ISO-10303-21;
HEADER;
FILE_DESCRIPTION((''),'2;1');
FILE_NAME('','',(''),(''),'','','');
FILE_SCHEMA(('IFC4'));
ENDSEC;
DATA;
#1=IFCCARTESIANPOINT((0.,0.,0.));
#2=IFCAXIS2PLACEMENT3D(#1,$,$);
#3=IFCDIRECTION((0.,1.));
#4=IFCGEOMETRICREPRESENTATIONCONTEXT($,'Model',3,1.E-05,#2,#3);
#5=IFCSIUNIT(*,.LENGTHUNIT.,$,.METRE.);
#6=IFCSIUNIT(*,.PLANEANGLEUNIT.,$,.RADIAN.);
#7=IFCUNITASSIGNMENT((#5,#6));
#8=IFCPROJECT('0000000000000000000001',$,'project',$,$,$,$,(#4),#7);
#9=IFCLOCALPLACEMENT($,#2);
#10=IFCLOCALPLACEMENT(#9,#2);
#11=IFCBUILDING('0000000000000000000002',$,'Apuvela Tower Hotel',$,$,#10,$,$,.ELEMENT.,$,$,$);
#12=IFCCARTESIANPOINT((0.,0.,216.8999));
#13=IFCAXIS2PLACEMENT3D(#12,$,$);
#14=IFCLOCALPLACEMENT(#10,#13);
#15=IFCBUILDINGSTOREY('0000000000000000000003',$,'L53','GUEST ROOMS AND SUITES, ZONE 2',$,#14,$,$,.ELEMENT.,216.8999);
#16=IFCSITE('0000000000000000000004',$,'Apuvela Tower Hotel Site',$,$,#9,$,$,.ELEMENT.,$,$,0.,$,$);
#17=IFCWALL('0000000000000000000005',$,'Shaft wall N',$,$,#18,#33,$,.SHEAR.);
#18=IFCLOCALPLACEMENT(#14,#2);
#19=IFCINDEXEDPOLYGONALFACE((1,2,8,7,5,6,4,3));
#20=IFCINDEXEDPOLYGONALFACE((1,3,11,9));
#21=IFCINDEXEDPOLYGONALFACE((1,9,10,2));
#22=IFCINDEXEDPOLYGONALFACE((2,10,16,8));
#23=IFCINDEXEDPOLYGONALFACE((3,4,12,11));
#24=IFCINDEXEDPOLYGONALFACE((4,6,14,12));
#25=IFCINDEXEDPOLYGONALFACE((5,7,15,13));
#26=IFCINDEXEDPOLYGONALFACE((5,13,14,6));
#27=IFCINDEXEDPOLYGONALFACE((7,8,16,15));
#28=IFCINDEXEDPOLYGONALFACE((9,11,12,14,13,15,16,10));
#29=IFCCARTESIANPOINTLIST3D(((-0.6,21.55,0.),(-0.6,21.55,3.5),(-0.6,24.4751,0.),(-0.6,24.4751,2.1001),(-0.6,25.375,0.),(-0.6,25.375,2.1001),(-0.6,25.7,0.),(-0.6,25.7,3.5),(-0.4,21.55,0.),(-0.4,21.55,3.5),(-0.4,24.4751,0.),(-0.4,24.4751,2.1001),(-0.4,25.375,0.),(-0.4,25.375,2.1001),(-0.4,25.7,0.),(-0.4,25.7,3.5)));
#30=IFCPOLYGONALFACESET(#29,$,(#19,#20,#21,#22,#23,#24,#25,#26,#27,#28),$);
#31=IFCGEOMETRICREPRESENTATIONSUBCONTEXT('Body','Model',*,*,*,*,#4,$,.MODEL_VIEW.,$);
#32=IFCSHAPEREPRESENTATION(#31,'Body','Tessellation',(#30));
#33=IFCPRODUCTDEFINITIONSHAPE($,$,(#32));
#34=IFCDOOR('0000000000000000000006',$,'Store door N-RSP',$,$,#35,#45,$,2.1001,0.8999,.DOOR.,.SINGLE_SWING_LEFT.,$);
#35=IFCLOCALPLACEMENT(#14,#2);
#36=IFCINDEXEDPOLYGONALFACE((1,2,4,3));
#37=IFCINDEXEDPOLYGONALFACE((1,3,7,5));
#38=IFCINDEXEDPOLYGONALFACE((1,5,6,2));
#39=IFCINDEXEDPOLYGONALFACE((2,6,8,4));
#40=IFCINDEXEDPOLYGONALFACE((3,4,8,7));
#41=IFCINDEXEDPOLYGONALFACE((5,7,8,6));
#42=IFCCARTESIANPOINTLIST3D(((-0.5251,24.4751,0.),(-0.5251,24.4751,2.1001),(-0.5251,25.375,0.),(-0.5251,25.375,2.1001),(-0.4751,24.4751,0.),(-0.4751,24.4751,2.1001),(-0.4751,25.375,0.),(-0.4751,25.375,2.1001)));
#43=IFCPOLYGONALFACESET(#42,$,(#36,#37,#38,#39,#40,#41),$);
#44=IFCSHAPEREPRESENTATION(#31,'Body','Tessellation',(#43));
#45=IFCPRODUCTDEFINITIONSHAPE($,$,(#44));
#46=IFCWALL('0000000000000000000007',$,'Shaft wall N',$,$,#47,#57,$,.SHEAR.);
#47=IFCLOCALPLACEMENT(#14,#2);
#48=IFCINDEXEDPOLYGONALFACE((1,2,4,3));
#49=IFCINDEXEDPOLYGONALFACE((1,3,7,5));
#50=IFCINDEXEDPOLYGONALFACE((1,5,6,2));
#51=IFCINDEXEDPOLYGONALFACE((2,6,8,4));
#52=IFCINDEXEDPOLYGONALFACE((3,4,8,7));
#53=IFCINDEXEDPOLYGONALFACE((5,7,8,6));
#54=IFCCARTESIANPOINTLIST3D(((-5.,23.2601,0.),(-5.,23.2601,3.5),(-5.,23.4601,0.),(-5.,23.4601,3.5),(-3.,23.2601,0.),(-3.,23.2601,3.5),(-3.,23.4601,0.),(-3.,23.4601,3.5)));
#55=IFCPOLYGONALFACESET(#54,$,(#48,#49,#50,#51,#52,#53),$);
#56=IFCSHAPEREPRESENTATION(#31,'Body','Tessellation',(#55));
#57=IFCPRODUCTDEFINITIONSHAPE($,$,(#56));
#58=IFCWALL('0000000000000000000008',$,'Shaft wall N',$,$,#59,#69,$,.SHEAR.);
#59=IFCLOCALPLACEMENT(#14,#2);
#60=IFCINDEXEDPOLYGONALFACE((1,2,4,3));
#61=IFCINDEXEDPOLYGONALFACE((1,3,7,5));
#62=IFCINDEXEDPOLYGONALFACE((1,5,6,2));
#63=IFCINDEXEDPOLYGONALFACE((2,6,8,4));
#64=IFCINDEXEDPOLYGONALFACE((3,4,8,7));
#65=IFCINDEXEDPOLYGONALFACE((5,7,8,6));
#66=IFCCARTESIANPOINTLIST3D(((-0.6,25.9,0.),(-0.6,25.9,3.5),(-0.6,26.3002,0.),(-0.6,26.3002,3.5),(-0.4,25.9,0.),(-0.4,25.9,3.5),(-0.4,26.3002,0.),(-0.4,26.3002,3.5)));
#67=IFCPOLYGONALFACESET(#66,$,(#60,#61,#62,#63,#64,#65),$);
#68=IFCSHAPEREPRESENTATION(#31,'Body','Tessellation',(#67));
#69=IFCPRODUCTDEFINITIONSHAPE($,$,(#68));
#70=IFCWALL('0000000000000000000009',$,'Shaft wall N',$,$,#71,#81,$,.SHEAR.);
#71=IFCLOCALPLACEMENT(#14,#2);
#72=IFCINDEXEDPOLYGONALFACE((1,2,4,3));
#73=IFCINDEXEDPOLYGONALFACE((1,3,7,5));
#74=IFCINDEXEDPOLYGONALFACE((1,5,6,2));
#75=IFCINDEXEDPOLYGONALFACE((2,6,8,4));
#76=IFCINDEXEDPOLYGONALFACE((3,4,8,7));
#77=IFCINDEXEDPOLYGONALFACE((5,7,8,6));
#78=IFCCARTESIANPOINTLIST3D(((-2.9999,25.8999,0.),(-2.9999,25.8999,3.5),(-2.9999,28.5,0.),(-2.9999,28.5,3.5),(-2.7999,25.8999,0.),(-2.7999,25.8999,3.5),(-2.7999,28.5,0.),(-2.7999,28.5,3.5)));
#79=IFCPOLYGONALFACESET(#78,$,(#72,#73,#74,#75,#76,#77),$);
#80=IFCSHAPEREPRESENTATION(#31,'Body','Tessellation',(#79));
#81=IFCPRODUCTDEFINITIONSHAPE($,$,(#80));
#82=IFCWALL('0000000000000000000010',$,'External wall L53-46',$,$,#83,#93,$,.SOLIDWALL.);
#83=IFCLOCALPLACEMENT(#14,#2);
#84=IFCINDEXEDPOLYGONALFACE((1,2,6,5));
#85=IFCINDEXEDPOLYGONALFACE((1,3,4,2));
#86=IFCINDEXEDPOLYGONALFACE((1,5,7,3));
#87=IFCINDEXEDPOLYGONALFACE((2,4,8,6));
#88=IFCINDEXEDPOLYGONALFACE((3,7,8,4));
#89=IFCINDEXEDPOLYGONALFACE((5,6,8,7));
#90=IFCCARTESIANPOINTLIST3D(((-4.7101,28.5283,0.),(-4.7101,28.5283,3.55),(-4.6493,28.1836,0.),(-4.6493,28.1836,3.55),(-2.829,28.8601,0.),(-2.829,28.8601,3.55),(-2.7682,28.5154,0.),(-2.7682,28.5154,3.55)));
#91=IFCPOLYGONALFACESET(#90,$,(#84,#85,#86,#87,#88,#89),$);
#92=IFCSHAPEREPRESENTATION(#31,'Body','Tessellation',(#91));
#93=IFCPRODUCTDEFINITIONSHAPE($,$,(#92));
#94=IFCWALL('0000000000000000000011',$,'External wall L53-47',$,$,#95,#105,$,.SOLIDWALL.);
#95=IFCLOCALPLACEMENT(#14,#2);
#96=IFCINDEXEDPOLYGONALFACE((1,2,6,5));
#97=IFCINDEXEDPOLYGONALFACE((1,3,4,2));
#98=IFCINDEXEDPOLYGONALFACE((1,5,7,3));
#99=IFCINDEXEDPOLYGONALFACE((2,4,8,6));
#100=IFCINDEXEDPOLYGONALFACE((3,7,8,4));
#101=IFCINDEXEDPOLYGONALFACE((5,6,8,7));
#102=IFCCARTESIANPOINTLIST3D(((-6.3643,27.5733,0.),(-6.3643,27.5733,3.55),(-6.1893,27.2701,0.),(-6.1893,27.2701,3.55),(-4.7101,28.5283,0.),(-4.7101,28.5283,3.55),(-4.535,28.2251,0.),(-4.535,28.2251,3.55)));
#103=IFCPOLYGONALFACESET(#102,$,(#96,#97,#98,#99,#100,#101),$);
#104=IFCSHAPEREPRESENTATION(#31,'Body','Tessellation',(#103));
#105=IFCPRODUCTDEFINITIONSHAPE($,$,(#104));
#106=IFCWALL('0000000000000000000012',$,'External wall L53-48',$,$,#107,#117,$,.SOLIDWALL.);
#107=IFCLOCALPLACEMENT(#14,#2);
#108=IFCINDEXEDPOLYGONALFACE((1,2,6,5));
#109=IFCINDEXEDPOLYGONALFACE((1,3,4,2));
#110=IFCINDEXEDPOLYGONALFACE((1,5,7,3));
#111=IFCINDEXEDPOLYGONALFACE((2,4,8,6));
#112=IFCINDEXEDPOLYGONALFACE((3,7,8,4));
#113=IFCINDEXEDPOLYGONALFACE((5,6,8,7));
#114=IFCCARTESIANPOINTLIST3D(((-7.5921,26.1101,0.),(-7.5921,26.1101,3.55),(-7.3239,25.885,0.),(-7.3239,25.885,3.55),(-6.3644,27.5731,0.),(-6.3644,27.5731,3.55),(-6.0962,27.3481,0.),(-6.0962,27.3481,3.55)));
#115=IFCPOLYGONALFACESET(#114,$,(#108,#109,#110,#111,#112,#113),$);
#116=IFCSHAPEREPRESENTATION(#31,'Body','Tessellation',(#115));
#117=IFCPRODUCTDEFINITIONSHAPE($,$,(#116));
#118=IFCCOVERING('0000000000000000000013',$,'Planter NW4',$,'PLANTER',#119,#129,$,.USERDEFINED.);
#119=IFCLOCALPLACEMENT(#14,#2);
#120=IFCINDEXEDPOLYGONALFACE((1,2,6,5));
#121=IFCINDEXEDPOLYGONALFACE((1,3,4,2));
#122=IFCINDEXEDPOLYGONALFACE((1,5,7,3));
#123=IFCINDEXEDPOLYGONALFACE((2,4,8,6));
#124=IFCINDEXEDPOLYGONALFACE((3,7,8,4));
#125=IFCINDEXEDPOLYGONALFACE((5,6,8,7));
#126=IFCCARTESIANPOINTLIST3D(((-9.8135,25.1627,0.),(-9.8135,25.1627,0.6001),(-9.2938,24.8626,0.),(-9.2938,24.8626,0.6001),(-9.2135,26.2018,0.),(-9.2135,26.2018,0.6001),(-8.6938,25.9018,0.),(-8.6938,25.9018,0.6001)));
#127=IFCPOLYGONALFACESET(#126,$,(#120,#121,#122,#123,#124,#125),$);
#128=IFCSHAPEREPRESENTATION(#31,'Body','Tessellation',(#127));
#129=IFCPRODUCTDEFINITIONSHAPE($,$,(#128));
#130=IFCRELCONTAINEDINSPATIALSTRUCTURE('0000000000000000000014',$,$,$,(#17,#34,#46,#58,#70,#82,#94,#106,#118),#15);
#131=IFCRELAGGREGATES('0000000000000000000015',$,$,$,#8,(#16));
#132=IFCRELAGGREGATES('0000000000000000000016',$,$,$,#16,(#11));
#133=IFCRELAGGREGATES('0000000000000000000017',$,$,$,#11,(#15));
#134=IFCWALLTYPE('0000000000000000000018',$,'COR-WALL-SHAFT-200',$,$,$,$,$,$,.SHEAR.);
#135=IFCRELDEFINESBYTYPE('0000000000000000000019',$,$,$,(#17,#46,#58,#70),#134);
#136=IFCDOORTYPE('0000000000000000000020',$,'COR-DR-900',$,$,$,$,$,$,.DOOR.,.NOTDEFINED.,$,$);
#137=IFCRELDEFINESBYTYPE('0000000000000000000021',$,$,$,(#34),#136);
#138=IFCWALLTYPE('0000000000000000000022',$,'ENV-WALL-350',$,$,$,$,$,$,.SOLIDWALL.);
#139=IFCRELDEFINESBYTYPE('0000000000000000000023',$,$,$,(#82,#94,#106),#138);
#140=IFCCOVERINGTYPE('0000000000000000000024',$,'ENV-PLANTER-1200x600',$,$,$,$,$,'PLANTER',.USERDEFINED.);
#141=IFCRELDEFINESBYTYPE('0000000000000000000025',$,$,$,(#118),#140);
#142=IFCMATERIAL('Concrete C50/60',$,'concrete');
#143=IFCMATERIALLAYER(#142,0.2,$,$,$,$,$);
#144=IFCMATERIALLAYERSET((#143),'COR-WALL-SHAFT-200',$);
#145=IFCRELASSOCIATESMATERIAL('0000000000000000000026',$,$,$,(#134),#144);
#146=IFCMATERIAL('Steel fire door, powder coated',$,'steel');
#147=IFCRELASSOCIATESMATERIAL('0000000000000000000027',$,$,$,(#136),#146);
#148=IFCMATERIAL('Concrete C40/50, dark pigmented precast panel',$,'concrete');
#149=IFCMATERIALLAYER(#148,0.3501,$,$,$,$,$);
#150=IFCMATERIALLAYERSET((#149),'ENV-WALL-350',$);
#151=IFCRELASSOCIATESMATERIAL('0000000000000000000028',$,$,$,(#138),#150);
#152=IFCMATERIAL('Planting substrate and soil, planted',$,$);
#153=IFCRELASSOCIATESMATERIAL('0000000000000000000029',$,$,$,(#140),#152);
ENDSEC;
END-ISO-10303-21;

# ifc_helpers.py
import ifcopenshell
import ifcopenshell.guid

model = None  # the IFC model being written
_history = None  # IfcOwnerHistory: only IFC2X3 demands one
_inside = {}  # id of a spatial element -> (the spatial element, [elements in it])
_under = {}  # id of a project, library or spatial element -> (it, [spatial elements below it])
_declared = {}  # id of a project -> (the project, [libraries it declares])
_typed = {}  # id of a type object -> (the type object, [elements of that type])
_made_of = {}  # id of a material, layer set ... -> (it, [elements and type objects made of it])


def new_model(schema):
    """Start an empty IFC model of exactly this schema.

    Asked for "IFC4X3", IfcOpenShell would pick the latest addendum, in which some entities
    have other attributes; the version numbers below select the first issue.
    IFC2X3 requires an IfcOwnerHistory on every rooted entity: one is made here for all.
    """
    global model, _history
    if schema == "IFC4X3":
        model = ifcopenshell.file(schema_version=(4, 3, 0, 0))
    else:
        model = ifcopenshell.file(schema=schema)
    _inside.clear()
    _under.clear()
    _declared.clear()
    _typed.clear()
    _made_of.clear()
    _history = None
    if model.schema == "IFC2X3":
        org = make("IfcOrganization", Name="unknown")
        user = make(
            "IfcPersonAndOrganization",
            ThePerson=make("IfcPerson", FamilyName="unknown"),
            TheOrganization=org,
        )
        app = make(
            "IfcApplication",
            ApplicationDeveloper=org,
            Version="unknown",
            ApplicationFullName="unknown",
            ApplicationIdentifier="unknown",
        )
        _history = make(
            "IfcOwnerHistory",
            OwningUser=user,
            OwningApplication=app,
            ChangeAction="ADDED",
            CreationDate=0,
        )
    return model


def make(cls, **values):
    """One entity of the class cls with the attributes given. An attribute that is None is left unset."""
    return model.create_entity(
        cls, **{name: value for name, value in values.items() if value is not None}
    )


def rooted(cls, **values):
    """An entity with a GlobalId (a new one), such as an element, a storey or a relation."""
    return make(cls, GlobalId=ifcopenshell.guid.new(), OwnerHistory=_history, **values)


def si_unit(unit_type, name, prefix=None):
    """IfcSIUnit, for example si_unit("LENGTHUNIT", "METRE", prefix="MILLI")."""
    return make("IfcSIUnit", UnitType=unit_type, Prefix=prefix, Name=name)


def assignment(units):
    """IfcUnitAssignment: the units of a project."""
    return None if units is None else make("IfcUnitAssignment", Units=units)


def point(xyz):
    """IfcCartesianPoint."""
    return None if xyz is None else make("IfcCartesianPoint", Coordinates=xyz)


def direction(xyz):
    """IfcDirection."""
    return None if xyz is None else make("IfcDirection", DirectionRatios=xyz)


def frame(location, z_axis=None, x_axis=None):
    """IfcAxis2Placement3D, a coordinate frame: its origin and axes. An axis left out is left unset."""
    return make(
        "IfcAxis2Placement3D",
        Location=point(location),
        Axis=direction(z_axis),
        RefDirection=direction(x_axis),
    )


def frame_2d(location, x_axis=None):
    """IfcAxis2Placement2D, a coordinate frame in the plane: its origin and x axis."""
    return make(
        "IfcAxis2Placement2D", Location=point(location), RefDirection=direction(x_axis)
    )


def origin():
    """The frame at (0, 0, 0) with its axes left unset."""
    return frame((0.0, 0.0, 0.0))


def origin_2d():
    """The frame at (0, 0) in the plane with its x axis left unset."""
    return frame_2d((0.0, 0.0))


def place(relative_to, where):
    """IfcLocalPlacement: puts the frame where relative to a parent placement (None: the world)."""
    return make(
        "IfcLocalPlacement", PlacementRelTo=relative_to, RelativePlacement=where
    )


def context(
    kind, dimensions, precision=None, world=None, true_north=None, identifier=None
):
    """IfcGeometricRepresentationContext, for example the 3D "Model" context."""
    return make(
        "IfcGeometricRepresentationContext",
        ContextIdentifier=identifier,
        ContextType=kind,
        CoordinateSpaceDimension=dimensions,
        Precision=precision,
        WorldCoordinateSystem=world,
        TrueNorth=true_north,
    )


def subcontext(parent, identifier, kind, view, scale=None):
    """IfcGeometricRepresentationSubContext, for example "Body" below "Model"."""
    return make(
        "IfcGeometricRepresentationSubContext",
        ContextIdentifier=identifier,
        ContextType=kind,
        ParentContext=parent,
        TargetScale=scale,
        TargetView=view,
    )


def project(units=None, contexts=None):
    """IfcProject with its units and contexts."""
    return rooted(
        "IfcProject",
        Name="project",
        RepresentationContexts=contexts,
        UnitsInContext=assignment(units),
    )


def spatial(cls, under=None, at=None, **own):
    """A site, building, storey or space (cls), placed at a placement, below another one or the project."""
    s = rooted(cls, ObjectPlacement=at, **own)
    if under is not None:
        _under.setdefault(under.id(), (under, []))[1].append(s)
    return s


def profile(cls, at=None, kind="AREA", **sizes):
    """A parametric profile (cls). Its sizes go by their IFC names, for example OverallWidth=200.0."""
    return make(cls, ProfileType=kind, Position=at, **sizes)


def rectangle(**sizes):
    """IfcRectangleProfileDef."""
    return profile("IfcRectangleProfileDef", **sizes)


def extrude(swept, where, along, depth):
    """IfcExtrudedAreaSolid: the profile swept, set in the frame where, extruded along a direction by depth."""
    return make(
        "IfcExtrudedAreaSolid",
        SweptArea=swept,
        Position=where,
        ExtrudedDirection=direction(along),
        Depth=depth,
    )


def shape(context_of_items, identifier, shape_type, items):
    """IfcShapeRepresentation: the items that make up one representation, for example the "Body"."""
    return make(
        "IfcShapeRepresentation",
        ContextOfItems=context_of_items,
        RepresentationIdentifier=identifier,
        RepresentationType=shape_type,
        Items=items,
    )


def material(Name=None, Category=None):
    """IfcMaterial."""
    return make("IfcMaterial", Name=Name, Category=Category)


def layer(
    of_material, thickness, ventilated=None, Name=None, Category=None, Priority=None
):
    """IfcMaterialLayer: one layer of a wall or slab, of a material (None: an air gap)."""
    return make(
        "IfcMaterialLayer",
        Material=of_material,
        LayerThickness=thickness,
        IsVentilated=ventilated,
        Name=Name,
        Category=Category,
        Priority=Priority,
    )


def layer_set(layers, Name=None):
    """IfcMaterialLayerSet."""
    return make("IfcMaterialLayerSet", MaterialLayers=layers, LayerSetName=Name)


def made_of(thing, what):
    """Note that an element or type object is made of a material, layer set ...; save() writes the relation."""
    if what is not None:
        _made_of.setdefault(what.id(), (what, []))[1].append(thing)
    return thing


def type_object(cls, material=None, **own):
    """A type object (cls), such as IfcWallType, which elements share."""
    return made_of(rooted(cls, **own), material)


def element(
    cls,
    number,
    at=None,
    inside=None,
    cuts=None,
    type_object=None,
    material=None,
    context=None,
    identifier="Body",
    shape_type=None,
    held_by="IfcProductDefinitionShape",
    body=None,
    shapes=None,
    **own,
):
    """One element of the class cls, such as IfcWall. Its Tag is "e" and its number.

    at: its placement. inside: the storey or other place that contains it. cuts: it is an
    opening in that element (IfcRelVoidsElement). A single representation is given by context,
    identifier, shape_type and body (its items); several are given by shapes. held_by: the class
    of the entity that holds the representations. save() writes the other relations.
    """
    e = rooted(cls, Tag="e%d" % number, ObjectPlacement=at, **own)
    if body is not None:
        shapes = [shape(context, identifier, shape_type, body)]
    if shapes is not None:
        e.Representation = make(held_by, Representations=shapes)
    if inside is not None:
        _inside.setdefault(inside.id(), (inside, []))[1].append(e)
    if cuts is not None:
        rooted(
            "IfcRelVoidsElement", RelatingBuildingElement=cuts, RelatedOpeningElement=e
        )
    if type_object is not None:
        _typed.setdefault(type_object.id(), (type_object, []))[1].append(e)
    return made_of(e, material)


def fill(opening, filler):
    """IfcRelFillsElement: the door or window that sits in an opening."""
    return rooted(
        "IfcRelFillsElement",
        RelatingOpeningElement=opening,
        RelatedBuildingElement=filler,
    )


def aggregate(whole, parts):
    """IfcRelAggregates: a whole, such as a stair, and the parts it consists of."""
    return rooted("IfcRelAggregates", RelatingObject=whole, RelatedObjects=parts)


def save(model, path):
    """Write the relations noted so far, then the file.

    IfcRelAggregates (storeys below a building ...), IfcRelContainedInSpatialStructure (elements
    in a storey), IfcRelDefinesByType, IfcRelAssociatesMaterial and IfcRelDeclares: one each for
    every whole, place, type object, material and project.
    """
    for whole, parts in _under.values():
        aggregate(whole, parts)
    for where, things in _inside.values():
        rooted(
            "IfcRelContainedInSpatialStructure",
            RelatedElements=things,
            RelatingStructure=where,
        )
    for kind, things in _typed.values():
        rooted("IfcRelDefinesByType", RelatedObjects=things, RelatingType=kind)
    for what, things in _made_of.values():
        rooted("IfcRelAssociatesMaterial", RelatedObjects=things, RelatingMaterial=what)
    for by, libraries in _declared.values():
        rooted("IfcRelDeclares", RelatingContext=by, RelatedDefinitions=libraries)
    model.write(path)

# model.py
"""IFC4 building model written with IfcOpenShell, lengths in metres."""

from ifc_helpers import new_model, si_unit, direction, frame, frame_2d, origin, origin_2d, place, context, subcontext, project, spatial, rectangle, extrude, material, layer, layer_set, type_object, element, fill, save


model = new_model("IFC4")

# Units and contexts
model_context = context("Model", 3, precision=1e-05, world=origin(), true_north=direction((0.0, 1.0)))
body_context = subcontext(model_context, "Body", "Model", "MODEL_VIEW")
ifc_project = project(units=[si_unit("LENGTHUNIT", "METRE"), si_unit("PLANEANGLEUNIT", "RADIAN")], contexts=[model_context])

# Site, building, storey
site_placement = place(None, origin())
site = spatial("IfcSite", under=ifc_project, at=site_placement, Name="Apuvela Tower Hotel Site", CompositionType="ELEMENT", RefElevation=0.0)
building_placement = place(site_placement, origin())
building = spatial("IfcBuilding", under=site, at=building_placement, Name="Apuvela Tower Hotel", CompositionType="ELEMENT")
storey_placement = place(building_placement, frame((0.0, 0.0, 216.8999)))
storey = spatial("IfcBuildingStorey", under=building, at=storey_placement, Name="L53", Description="GUEST ROOMS AND SUITES, ZONE 2", CompositionType="ELEMENT", Elevation=216.8999)

# Shared definitions
ifc_material_1 = material(Name="Concrete C50/60", Category="concrete")
ifc_layer_1 = layer(ifc_material_1, 0.2)
ifc_layer_set_1 = layer_set([ifc_layer_1], Name="COR-WALL-SHAFT-200")
wall_type_1 = type_object("IfcWallType", Name="COR-WALL-SHAFT-200", PredefinedType="SHEAR", material=ifc_layer_set_1)

# Wall, opening, door
wall_1_placement = place(storey_placement, frame((-0.5, 21.55, 0.0), z_axis=(0.0, 0.0, 1.0), x_axis=(0.0, 1.0, 0.0)))
wall_1 = element("IfcWall", 1, at=wall_1_placement, inside=storey, type_object=wall_type_1, Name="Shaft wall N", PredefinedType="SHEAR", context=body_context, shape_type="SweptSolid", body=[
    extrude(rectangle(XDim=4.1499, YDim=0.2, at=frame_2d((2.075, 0.0))), origin(), (0.0, 0.0, 1.0), 3.5),
])
opening_1_placement = place(wall_1_placement, frame((2.925, 0.0, 0.0)))
opening_1 = element("IfcOpeningElement", 2, at=opening_1_placement, cuts=wall_1, PredefinedType="OPENING", context=body_context, shape_type="SweptSolid", body=[
    extrude(rectangle(XDim=0.8999, YDim=2.1001, at=frame_2d((0.45, 1.05))), frame((0.0, 0.1099, 0.0), z_axis=(0.0, -1.0, 0.0), x_axis=(1.0, 0.0, 0.0)), (0.0, 0.0, 1.0), 0.22),
])
ifc_material_2 = material(Name="Steel fire door, powder coated", Category="steel")
door_type_1 = type_object("IfcDoorType", Name="COR-DR-900", OperationType="NOTDEFINED", PredefinedType="DOOR", material=ifc_material_2)
door_1_placement = place(opening_1_placement, frame((0.8999, 0.0, 0.0), z_axis=(0.0, 0.0, 1.0), x_axis=(-1.0, 0.0, 0.0)))
door_1 = element("IfcDoor", 3, at=door_1_placement, inside=storey, type_object=door_type_1, Name="Store door N-RSP", OperationType="SINGLE_SWING_LEFT", OverallHeight=2.1001, OverallWidth=0.8999, PredefinedType="DOOR", context=body_context, shape_type="SweptSolid", body=[
    extrude(rectangle(XDim=0.8999, YDim=2.1001, at=frame_2d((0.45, 1.05))), frame((0.0, 0.0249, 0.0), z_axis=(0.0, -1.0, 0.0), x_axis=(1.0, 0.0, 0.0)), (0.0, 0.0, 1.0), 0.05),
])
fill(opening_1, door_1)

# Walls
wall_2_placement = place(storey_placement, frame((-3.0, 23.3601, 0.0), z_axis=(0.0, 0.0, 1.0), x_axis=(-1.0, 0.0, 0.0)))
element("IfcWall", 4, at=wall_2_placement, inside=storey, type_object=wall_type_1, Name="Shaft wall N", PredefinedType="SHEAR", context=body_context, shape_type="SweptSolid", body=[
    extrude(rectangle(XDim=2.0, YDim=0.2, at=frame_2d((1.0, 0.0))), origin(), (0.0, 0.0, 1.0), 3.5),
])
wall_3_placement = place(storey_placement, frame((-0.5, 25.8999, 0.0), z_axis=(0.0, 0.0, 1.0), x_axis=(0.0, 1.0, 0.0)))
element("IfcWall", 5, at=wall_3_placement, inside=storey, type_object=wall_type_1, Name="Shaft wall N", PredefinedType="SHEAR", context=body_context, shape_type="SweptSolid", body=[
    extrude(rectangle(XDim=0.4001, YDim=0.2, at=frame_2d((0.2002, 0.0))), origin(), (0.0, 0.0, 1.0), 3.5),
])
wall_4_placement = place(storey_placement, frame((-2.8999, 25.8999, 0.0), z_axis=(0.0, 0.0, 1.0), x_axis=(0.0, 1.0, 0.0)))
element("IfcWall", 6, at=wall_4_placement, inside=storey, type_object=wall_type_1, Name="Shaft wall N", PredefinedType="SHEAR", context=body_context, shape_type="SweptSolid", body=[
    extrude(rectangle(XDim=2.6001, YDim=0.2, at=frame_2d((1.3, 0.0))), origin(), (0.0, 0.0, 1.0), 3.5),
])

# Shared definitions
ifc_material_3 = material(Name="Concrete C40/50, dark pigmented precast panel", Category="concrete")
ifc_layer_2 = layer(ifc_material_3, 0.3501)
ifc_layer_set_2 = layer_set([ifc_layer_2], Name="ENV-WALL-350")
wall_type_2 = type_object("IfcWallType", Name="ENV-WALL-350", PredefinedType="SOLIDWALL", material=ifc_layer_set_2)

# Walls
for number, where, z_axis, x_axis, name in (
    (7, (-2.7986, 28.6877, 0.0), (0.0, 0.0, 1.0), (-0.984799, -0.173698, 0.0), "External wall L53-46"),
    (8, (-4.6226, 28.3767, 0.0), (0.0, 0.0, 1.0), (-0.866032, -0.499988, 0.0), "External wall L53-47"),
):
    element("IfcWall", number, at=place(storey_placement, frame(where, z_axis=z_axis, x_axis=x_axis)), inside=storey, type_object=wall_type_2, Name=name, PredefinedType="SOLIDWALL", context=body_context, shape_type="SweptSolid", body=[
        extrude(rectangle(XDim=1.9102, YDim=0.3501, at=frame_2d((0.9551, 0.0))), origin(), (0.0, 0.0, 1.0), 3.55),
    ])
wall_5_placement = place(storey_placement, frame((-6.2302, 27.4607, 0.0), z_axis=(0.0, 0.0, 1.0), x_axis=(-0.642808, -0.766027, 0.0)))
element("IfcWall", 9, at=wall_5_placement, inside=storey, type_object=wall_type_2, Name="External wall L53-48", PredefinedType="SOLIDWALL", context=body_context, shape_type="SweptSolid", body=[
    extrude(rectangle(XDim=1.9099, YDim=0.3501, at=frame_2d((0.9551, 0.0))), origin(), (0.0, 0.0, 1.0), 3.55),
])

# Covering
ifc_material_4 = material(Name="Planting substrate and soil, planted")
covering_type = type_object("IfcCoveringType", Name="ENV-PLANTER-1200x600", ElementType="PLANTER", PredefinedType="USERDEFINED", material=ifc_material_4)
covering_placement = place(storey_placement, frame((-9.2537, 25.5322, 0.0), z_axis=(0.0, 0.0, 1.0), x_axis=(-0.5, -0.866025, 0.0)))
element("IfcCovering", 10, at=covering_placement, inside=storey, type_object=covering_type, Name="Planter NW4", ObjectType="PLANTER", PredefinedType="USERDEFINED", context=body_context, shape_type="SweptSolid", body=[
    extrude(rectangle(XDim=1.2, YDim=0.6001, at=origin_2d()), origin(), (0.0, 0.0, 1.0), 0.6001),
])

save(model, "model.ifc")
